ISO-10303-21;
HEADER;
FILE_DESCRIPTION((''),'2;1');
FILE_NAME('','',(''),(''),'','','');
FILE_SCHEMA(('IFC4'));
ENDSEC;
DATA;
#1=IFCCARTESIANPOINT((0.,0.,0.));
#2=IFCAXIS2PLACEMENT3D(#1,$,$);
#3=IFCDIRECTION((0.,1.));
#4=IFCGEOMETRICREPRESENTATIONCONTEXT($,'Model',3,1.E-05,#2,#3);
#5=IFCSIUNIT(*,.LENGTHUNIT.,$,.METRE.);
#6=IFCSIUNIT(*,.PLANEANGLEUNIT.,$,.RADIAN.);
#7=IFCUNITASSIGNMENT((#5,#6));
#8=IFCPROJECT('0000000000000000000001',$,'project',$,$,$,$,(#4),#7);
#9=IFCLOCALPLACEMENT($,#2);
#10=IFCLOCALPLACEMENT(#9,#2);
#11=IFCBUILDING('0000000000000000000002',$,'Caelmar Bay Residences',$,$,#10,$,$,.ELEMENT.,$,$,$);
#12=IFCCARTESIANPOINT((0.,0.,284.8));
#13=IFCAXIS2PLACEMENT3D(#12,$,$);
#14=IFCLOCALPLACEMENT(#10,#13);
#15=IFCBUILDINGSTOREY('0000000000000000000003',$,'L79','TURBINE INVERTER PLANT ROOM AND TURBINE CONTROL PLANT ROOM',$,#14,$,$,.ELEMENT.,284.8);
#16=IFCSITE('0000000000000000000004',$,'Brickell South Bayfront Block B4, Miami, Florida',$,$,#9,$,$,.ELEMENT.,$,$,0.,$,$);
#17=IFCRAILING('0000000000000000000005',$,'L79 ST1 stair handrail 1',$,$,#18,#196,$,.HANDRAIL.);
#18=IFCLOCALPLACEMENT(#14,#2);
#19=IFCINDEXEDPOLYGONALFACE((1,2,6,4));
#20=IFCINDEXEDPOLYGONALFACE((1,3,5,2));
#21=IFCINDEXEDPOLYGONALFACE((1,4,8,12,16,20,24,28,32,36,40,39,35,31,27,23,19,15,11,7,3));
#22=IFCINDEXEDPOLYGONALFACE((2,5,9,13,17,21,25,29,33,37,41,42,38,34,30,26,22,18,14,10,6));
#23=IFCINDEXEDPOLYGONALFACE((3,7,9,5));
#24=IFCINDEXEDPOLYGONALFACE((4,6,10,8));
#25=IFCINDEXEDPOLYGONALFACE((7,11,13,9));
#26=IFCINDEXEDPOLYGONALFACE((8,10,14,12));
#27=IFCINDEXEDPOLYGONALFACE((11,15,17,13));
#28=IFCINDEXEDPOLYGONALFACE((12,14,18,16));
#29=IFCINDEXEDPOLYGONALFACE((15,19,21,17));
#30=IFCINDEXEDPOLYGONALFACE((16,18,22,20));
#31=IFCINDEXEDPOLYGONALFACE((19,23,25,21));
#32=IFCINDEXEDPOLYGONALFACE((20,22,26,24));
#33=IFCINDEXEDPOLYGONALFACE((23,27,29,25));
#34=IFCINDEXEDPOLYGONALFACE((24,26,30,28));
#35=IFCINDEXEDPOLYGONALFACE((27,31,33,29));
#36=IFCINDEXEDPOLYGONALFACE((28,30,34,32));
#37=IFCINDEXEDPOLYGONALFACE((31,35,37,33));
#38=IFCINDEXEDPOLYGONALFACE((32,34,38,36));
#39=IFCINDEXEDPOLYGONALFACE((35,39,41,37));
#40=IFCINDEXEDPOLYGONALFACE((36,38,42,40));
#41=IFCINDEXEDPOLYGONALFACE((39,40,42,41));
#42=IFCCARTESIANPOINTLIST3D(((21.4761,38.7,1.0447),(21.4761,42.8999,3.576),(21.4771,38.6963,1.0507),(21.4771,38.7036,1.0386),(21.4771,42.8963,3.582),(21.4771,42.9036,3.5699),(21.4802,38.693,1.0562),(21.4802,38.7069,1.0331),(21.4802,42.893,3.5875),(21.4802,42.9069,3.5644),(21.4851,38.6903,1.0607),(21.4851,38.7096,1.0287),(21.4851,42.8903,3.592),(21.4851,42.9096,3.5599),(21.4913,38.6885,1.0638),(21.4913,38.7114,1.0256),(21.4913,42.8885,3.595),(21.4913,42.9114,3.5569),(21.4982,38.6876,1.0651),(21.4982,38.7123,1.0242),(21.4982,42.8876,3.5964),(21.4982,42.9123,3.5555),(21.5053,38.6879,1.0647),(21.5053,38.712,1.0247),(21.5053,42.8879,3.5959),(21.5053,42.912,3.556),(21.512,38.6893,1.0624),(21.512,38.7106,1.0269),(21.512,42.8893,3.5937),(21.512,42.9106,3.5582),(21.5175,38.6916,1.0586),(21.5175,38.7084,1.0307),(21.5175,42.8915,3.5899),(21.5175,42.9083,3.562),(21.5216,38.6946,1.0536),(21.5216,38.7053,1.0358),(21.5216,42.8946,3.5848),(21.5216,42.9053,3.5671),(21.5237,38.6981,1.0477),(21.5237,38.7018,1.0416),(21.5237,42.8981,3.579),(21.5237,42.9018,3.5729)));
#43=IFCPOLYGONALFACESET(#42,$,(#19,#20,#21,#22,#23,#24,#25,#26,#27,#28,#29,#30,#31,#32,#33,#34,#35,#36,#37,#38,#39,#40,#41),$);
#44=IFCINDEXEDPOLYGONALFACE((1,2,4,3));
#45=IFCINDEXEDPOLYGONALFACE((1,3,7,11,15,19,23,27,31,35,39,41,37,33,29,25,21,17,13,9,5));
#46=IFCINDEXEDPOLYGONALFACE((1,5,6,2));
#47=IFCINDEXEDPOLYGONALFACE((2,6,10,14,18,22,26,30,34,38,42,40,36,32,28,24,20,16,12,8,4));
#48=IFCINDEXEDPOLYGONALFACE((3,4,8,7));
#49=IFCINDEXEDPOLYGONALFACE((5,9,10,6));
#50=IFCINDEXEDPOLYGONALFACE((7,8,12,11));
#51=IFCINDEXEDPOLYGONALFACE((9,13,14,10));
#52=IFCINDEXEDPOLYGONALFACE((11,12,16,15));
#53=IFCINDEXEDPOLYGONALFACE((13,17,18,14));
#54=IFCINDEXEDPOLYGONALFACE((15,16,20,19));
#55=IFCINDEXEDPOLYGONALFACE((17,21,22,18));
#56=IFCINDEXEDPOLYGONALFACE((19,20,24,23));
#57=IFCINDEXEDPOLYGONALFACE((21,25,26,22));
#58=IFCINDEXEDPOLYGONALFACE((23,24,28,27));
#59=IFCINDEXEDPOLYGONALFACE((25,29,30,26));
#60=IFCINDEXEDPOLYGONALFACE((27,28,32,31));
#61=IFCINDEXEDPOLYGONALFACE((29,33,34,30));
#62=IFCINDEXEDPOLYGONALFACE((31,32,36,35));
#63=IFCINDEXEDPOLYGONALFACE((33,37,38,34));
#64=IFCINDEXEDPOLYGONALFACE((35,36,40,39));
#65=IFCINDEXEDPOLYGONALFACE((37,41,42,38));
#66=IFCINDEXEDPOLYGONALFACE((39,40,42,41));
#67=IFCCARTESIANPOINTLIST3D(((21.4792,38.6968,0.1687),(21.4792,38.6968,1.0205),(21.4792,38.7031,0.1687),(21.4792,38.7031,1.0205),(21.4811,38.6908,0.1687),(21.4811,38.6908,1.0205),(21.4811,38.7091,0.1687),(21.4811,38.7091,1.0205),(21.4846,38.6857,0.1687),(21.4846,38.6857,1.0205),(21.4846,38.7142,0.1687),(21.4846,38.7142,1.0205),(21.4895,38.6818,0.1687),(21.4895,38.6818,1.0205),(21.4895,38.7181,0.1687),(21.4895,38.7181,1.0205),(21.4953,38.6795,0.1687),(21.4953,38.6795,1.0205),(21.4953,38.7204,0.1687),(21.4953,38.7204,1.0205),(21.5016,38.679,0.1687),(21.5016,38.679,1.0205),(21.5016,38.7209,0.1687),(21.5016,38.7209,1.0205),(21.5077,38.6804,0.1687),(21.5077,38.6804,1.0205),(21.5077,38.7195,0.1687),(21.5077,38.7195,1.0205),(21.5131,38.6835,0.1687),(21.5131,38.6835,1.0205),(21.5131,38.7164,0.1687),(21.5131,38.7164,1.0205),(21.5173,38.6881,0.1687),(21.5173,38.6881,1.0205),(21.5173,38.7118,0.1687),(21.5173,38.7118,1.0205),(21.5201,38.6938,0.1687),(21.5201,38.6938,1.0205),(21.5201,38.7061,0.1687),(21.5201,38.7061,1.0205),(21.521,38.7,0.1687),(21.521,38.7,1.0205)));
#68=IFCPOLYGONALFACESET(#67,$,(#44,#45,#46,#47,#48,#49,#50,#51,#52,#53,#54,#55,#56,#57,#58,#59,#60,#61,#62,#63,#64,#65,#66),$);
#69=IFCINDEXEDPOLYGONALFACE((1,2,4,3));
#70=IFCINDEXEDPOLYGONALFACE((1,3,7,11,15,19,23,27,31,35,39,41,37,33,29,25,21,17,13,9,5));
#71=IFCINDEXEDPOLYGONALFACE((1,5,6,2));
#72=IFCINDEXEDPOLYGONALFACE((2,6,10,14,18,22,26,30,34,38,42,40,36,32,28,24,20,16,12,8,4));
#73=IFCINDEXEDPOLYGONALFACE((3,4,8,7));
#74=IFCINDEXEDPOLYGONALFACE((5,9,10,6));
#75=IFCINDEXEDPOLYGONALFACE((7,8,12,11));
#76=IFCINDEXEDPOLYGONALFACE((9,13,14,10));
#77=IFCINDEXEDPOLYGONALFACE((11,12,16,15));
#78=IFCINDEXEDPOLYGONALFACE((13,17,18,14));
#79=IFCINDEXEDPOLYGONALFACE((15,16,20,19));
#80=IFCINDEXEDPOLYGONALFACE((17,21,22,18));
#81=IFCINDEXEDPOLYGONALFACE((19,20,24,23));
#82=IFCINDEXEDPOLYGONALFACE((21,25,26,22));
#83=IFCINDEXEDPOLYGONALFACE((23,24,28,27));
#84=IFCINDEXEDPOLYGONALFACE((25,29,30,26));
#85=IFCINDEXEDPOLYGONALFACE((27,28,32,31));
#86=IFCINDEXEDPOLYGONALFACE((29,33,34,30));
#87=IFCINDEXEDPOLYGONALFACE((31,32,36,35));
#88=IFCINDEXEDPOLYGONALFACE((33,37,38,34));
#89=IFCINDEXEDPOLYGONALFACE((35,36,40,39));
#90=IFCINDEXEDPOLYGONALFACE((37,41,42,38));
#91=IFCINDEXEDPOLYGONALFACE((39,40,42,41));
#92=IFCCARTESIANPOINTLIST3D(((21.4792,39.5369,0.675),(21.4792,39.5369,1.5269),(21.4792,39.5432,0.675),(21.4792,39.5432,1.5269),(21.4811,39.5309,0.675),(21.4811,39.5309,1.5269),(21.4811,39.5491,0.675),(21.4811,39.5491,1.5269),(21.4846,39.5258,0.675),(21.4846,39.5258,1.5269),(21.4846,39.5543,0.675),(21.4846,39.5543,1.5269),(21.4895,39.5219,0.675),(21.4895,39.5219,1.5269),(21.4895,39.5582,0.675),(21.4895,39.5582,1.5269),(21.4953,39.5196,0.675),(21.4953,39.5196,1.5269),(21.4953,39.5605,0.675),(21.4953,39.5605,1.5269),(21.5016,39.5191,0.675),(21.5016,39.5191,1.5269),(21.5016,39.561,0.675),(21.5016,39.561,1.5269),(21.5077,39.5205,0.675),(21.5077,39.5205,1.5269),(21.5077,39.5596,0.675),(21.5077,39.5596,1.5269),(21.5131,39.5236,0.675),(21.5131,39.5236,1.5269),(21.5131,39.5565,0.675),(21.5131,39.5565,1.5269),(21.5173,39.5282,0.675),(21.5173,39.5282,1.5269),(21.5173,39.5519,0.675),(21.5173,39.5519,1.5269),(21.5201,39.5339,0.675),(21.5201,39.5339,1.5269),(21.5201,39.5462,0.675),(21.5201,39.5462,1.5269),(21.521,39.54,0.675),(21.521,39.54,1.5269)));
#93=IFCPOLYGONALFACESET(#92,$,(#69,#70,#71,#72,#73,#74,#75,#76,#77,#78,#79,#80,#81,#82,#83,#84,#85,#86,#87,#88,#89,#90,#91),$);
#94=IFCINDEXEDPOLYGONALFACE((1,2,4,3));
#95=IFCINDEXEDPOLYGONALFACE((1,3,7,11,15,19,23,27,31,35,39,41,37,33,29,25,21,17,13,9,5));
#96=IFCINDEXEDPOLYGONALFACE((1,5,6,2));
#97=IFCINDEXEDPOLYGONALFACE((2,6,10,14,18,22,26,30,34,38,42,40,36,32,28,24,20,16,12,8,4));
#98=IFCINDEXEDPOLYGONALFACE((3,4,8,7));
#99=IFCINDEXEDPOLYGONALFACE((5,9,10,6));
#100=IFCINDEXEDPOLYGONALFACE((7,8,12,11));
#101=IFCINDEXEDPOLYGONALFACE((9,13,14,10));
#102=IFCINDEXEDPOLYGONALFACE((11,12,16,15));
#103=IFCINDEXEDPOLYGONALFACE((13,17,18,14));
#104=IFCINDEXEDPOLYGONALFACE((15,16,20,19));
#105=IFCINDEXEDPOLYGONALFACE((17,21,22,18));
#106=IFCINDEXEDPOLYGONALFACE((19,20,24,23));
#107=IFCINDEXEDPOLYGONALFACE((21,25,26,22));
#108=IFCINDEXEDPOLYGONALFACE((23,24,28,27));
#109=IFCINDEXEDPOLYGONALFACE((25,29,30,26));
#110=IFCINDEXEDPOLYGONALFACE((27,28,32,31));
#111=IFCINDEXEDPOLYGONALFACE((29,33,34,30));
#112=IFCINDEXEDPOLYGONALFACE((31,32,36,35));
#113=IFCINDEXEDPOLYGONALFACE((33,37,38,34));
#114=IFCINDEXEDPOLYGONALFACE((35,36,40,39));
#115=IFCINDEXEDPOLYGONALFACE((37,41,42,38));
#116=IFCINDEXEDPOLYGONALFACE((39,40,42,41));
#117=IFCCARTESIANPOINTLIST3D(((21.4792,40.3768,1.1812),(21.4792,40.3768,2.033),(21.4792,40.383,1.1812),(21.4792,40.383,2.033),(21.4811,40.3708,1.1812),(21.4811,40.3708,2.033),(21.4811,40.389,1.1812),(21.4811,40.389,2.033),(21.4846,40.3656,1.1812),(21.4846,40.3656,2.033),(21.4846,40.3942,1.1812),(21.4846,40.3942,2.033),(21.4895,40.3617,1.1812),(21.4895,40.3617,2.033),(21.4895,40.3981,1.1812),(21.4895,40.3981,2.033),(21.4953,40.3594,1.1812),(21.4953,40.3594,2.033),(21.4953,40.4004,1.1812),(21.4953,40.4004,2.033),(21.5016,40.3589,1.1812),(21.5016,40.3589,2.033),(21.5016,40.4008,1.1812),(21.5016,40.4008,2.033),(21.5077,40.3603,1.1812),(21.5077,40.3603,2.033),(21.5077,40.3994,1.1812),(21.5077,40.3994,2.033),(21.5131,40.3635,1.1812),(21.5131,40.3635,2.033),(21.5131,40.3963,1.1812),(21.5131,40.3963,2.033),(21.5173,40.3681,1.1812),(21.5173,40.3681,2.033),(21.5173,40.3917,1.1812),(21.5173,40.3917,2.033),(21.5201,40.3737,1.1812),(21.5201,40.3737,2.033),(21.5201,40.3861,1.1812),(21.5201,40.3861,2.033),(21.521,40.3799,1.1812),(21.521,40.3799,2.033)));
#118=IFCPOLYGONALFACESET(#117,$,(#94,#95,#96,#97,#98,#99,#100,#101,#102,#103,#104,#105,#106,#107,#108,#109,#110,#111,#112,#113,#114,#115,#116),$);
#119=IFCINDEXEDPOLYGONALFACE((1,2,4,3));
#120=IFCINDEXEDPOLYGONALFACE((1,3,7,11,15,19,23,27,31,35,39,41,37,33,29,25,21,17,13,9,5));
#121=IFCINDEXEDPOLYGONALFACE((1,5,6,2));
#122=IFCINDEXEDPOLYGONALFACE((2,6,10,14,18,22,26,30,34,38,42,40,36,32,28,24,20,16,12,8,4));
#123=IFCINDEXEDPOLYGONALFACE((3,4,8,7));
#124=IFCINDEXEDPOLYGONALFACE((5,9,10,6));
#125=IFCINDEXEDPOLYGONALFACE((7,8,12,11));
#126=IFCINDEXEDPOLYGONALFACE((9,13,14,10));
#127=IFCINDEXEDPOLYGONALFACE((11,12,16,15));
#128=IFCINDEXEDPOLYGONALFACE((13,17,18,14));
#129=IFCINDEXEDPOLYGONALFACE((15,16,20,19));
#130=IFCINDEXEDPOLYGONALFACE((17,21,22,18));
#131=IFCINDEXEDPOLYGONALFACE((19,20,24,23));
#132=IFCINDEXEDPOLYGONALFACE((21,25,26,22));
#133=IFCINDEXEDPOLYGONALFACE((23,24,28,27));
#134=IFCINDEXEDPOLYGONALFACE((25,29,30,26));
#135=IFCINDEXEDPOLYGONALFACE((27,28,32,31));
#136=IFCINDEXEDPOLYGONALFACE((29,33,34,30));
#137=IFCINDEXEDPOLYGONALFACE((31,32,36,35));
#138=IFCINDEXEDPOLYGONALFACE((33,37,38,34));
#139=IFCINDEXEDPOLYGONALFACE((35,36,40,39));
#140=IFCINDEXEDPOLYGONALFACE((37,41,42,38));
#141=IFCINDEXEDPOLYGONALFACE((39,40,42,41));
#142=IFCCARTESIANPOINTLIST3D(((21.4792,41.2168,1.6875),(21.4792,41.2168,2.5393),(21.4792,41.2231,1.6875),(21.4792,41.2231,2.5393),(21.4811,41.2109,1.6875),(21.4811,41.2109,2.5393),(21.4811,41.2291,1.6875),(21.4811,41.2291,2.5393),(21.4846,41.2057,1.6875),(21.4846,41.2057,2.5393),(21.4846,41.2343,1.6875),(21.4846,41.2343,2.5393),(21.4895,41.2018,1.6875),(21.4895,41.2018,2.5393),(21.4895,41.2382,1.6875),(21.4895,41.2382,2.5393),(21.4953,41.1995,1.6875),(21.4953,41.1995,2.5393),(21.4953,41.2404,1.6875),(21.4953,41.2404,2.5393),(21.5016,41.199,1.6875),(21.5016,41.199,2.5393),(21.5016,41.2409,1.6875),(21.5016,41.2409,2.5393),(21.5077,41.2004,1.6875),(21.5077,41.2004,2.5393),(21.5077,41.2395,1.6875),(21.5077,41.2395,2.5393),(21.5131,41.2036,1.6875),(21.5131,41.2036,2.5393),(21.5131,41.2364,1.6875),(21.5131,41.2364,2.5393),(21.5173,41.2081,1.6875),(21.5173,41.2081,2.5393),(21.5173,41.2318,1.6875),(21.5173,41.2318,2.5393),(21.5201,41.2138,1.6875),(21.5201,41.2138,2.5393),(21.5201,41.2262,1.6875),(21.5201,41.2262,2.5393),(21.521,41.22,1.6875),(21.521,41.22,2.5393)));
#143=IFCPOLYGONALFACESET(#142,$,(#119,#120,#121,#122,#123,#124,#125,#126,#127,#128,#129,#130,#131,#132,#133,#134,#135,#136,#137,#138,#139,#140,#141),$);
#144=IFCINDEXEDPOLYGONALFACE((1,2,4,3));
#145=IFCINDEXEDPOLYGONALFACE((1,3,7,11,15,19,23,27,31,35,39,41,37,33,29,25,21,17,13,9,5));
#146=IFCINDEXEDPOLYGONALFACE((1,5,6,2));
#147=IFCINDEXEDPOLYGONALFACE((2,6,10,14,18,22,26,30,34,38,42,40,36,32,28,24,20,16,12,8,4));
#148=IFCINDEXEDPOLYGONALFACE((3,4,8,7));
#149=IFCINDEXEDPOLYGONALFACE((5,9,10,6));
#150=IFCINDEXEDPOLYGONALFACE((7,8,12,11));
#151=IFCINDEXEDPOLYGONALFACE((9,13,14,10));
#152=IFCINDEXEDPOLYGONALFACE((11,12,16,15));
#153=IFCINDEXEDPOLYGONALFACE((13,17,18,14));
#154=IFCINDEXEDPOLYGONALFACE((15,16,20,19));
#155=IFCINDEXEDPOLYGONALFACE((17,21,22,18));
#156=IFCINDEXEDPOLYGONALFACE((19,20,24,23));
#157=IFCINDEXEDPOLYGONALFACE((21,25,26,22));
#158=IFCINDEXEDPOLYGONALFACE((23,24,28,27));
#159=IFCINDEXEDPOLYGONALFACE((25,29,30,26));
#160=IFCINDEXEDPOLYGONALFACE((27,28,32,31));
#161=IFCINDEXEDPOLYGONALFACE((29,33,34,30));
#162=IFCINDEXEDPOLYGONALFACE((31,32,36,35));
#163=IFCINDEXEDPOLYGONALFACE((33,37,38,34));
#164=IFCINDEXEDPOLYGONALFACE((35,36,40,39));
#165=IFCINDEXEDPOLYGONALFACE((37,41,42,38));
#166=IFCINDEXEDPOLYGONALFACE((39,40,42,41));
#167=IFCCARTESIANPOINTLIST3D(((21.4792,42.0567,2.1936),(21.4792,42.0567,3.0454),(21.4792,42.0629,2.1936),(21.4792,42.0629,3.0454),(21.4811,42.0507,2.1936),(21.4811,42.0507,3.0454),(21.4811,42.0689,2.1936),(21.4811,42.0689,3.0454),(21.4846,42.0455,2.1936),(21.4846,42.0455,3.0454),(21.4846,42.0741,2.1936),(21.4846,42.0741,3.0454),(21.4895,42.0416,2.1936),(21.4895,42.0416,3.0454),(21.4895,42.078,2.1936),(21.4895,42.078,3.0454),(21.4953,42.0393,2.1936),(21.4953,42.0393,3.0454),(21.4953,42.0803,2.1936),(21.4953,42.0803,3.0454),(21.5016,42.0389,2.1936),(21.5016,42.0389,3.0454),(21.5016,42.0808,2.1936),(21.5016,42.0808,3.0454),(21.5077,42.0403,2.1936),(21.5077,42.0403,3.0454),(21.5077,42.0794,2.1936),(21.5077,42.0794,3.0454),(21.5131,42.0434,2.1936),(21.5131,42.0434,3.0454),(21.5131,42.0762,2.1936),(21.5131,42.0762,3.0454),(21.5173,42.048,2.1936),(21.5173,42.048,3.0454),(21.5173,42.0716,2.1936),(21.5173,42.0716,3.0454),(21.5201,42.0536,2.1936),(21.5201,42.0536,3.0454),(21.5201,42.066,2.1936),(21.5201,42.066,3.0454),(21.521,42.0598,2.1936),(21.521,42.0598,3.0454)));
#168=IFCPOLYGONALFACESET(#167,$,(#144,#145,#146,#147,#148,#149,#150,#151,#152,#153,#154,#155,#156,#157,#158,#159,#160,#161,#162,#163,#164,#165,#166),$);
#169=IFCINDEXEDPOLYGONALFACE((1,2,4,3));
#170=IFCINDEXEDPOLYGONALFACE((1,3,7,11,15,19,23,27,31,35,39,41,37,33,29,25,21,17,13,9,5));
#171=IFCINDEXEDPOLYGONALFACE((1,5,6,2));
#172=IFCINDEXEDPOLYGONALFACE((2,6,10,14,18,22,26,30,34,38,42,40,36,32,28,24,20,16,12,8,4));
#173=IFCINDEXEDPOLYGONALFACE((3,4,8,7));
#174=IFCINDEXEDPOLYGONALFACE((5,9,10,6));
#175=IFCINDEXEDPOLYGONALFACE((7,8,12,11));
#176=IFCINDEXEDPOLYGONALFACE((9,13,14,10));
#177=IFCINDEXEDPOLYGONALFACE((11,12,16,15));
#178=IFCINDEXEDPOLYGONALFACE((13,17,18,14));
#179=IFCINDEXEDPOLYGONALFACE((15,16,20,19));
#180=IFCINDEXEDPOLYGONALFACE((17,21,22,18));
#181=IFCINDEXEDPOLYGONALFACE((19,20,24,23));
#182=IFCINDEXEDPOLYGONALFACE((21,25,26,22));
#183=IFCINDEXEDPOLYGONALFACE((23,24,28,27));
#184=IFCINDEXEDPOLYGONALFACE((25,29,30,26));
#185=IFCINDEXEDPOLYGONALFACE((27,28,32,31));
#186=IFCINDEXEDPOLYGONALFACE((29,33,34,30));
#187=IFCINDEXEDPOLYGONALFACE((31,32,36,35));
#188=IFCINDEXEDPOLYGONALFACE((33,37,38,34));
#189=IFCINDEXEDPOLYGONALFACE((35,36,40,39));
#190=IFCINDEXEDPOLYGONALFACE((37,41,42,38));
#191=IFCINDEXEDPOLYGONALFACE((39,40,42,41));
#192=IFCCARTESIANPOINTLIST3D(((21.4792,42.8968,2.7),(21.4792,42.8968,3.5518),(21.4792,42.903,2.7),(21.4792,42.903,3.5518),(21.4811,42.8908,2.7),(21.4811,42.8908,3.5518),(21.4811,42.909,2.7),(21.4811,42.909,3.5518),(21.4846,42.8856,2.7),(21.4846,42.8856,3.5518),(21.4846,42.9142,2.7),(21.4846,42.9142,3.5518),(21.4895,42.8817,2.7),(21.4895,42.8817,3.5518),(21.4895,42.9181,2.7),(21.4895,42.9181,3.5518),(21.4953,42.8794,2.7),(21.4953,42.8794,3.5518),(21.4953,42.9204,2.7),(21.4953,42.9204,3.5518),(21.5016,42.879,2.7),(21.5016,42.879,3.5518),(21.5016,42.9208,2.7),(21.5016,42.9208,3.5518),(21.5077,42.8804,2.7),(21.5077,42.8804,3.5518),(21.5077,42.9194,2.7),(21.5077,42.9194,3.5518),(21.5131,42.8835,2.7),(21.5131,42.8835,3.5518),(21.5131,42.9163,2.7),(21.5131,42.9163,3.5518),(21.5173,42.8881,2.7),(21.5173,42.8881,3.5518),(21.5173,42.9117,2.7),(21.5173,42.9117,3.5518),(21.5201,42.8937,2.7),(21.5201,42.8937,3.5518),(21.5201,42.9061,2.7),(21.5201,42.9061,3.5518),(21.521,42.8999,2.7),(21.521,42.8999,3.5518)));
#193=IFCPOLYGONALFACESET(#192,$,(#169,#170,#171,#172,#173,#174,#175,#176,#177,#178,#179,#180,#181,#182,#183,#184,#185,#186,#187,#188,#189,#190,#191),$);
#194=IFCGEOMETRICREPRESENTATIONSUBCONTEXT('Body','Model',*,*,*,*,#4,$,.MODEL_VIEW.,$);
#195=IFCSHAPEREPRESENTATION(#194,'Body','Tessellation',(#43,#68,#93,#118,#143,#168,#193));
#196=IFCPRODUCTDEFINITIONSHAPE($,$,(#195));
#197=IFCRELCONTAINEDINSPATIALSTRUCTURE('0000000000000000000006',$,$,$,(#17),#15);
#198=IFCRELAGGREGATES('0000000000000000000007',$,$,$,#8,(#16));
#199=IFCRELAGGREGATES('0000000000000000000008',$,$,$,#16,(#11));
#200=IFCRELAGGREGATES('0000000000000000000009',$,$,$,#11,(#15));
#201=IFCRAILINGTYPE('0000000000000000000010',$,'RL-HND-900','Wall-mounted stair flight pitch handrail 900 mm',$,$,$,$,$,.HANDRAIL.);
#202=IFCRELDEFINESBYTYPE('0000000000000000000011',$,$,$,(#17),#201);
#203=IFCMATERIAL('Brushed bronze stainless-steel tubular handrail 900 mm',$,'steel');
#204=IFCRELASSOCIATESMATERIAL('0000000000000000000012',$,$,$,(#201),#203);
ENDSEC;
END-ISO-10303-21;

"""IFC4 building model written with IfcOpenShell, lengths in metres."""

from ifc_helpers import new_model, si_unit, direction, frame, origin, origin_2d, place, context, subcontext, project, spatial, circle, extrude, material, type_object, element, save


model = new_model("IFC4")

# Units and contexts
model_context = context("Model", 3, precision=1e-05, world=origin(), true_north=direction((0.0, 1.0)))
body_context = subcontext(model_context, "Body", "Model", "MODEL_VIEW")
ifc_project = project(units=[si_unit("LENGTHUNIT", "METRE"), si_unit("PLANEANGLEUNIT", "RADIAN")], contexts=[model_context])

# Site, building, storey
site_placement = place(None, origin())
site = spatial("IfcSite", under=ifc_project, at=site_placement, Name="Brickell South Bayfront Block B4, Miami, Florida", CompositionType="ELEMENT", RefElevation=0.0)
building_placement = place(site_placement, origin())
building = spatial("IfcBuilding", under=site, at=building_placement, Name="Caelmar Bay Residences", CompositionType="ELEMENT")
storey_placement = place(building_placement, frame((0.0, 0.0, 284.8)))
storey = spatial("IfcBuildingStorey", under=building, at=storey_placement, Name="L79", Description="TURBINE INVERTER PLANT ROOM AND TURBINE CONTROL PLANT ROOM", CompositionType="ELEMENT", Elevation=284.8)

# Railing
ifc_material_1 = material(Name="Brushed bronze stainless-steel tubular handrail 900 mm", Category="steel")
railing_type_1 = type_object("IfcRailingType", Name="RL-HND-900", Description="Wall-mounted stair flight pitch handrail 900 mm", PredefinedType="HANDRAIL", material=ifc_material_1)
railing_1_placement = place(storey_placement, frame((21.5, 38.7, 0.1687)))
element("IfcRailing", 1, at=railing_1_placement, inside=storey, type_object=railing_type_1, Name="L79 ST1 stair handrail 1", PredefinedType="HANDRAIL", context=body_context, shape_type="SweptSolid", body=[
    extrude(circle(Radius=0.0239, at=origin_2d()), frame((0.0, 0.0, 0.876), z_axis=(0.0, 0.856476, 0.516186), x_axis=(-1.0, 0.0, 0.0)), (0.0, 0.0, 1.0), 4.9038),
    extrude(circle(Radius=0.021, at=origin_2d()), origin(), (0.0, 0.0, 1.0), 0.8518),
    extrude(circle(Radius=0.021, at=origin_2d()), frame((0.0, 0.8401, 0.5063)), (0.0, 0.0, 1.0), 0.8518),
    extrude(circle(Radius=0.021, at=origin_2d()), frame((0.0, 1.6799, 1.0125)), (0.0, 0.0, 1.0), 0.8518),
    extrude(circle(Radius=0.021, at=origin_2d()), frame((0.0, 2.52, 1.5188)), (0.0, 0.0, 1.0), 0.8518),
    extrude(circle(Radius=0.021, at=origin_2d()), frame((0.0, 3.3599, 2.0249)), (0.0, 0.0, 1.0), 0.8518),
    extrude(circle(Radius=0.021, at=origin_2d()), frame((0.0, 4.2, 2.5312)), (0.0, 0.0, 1.0), 0.8518),
])

save(model, "model.ifc")
